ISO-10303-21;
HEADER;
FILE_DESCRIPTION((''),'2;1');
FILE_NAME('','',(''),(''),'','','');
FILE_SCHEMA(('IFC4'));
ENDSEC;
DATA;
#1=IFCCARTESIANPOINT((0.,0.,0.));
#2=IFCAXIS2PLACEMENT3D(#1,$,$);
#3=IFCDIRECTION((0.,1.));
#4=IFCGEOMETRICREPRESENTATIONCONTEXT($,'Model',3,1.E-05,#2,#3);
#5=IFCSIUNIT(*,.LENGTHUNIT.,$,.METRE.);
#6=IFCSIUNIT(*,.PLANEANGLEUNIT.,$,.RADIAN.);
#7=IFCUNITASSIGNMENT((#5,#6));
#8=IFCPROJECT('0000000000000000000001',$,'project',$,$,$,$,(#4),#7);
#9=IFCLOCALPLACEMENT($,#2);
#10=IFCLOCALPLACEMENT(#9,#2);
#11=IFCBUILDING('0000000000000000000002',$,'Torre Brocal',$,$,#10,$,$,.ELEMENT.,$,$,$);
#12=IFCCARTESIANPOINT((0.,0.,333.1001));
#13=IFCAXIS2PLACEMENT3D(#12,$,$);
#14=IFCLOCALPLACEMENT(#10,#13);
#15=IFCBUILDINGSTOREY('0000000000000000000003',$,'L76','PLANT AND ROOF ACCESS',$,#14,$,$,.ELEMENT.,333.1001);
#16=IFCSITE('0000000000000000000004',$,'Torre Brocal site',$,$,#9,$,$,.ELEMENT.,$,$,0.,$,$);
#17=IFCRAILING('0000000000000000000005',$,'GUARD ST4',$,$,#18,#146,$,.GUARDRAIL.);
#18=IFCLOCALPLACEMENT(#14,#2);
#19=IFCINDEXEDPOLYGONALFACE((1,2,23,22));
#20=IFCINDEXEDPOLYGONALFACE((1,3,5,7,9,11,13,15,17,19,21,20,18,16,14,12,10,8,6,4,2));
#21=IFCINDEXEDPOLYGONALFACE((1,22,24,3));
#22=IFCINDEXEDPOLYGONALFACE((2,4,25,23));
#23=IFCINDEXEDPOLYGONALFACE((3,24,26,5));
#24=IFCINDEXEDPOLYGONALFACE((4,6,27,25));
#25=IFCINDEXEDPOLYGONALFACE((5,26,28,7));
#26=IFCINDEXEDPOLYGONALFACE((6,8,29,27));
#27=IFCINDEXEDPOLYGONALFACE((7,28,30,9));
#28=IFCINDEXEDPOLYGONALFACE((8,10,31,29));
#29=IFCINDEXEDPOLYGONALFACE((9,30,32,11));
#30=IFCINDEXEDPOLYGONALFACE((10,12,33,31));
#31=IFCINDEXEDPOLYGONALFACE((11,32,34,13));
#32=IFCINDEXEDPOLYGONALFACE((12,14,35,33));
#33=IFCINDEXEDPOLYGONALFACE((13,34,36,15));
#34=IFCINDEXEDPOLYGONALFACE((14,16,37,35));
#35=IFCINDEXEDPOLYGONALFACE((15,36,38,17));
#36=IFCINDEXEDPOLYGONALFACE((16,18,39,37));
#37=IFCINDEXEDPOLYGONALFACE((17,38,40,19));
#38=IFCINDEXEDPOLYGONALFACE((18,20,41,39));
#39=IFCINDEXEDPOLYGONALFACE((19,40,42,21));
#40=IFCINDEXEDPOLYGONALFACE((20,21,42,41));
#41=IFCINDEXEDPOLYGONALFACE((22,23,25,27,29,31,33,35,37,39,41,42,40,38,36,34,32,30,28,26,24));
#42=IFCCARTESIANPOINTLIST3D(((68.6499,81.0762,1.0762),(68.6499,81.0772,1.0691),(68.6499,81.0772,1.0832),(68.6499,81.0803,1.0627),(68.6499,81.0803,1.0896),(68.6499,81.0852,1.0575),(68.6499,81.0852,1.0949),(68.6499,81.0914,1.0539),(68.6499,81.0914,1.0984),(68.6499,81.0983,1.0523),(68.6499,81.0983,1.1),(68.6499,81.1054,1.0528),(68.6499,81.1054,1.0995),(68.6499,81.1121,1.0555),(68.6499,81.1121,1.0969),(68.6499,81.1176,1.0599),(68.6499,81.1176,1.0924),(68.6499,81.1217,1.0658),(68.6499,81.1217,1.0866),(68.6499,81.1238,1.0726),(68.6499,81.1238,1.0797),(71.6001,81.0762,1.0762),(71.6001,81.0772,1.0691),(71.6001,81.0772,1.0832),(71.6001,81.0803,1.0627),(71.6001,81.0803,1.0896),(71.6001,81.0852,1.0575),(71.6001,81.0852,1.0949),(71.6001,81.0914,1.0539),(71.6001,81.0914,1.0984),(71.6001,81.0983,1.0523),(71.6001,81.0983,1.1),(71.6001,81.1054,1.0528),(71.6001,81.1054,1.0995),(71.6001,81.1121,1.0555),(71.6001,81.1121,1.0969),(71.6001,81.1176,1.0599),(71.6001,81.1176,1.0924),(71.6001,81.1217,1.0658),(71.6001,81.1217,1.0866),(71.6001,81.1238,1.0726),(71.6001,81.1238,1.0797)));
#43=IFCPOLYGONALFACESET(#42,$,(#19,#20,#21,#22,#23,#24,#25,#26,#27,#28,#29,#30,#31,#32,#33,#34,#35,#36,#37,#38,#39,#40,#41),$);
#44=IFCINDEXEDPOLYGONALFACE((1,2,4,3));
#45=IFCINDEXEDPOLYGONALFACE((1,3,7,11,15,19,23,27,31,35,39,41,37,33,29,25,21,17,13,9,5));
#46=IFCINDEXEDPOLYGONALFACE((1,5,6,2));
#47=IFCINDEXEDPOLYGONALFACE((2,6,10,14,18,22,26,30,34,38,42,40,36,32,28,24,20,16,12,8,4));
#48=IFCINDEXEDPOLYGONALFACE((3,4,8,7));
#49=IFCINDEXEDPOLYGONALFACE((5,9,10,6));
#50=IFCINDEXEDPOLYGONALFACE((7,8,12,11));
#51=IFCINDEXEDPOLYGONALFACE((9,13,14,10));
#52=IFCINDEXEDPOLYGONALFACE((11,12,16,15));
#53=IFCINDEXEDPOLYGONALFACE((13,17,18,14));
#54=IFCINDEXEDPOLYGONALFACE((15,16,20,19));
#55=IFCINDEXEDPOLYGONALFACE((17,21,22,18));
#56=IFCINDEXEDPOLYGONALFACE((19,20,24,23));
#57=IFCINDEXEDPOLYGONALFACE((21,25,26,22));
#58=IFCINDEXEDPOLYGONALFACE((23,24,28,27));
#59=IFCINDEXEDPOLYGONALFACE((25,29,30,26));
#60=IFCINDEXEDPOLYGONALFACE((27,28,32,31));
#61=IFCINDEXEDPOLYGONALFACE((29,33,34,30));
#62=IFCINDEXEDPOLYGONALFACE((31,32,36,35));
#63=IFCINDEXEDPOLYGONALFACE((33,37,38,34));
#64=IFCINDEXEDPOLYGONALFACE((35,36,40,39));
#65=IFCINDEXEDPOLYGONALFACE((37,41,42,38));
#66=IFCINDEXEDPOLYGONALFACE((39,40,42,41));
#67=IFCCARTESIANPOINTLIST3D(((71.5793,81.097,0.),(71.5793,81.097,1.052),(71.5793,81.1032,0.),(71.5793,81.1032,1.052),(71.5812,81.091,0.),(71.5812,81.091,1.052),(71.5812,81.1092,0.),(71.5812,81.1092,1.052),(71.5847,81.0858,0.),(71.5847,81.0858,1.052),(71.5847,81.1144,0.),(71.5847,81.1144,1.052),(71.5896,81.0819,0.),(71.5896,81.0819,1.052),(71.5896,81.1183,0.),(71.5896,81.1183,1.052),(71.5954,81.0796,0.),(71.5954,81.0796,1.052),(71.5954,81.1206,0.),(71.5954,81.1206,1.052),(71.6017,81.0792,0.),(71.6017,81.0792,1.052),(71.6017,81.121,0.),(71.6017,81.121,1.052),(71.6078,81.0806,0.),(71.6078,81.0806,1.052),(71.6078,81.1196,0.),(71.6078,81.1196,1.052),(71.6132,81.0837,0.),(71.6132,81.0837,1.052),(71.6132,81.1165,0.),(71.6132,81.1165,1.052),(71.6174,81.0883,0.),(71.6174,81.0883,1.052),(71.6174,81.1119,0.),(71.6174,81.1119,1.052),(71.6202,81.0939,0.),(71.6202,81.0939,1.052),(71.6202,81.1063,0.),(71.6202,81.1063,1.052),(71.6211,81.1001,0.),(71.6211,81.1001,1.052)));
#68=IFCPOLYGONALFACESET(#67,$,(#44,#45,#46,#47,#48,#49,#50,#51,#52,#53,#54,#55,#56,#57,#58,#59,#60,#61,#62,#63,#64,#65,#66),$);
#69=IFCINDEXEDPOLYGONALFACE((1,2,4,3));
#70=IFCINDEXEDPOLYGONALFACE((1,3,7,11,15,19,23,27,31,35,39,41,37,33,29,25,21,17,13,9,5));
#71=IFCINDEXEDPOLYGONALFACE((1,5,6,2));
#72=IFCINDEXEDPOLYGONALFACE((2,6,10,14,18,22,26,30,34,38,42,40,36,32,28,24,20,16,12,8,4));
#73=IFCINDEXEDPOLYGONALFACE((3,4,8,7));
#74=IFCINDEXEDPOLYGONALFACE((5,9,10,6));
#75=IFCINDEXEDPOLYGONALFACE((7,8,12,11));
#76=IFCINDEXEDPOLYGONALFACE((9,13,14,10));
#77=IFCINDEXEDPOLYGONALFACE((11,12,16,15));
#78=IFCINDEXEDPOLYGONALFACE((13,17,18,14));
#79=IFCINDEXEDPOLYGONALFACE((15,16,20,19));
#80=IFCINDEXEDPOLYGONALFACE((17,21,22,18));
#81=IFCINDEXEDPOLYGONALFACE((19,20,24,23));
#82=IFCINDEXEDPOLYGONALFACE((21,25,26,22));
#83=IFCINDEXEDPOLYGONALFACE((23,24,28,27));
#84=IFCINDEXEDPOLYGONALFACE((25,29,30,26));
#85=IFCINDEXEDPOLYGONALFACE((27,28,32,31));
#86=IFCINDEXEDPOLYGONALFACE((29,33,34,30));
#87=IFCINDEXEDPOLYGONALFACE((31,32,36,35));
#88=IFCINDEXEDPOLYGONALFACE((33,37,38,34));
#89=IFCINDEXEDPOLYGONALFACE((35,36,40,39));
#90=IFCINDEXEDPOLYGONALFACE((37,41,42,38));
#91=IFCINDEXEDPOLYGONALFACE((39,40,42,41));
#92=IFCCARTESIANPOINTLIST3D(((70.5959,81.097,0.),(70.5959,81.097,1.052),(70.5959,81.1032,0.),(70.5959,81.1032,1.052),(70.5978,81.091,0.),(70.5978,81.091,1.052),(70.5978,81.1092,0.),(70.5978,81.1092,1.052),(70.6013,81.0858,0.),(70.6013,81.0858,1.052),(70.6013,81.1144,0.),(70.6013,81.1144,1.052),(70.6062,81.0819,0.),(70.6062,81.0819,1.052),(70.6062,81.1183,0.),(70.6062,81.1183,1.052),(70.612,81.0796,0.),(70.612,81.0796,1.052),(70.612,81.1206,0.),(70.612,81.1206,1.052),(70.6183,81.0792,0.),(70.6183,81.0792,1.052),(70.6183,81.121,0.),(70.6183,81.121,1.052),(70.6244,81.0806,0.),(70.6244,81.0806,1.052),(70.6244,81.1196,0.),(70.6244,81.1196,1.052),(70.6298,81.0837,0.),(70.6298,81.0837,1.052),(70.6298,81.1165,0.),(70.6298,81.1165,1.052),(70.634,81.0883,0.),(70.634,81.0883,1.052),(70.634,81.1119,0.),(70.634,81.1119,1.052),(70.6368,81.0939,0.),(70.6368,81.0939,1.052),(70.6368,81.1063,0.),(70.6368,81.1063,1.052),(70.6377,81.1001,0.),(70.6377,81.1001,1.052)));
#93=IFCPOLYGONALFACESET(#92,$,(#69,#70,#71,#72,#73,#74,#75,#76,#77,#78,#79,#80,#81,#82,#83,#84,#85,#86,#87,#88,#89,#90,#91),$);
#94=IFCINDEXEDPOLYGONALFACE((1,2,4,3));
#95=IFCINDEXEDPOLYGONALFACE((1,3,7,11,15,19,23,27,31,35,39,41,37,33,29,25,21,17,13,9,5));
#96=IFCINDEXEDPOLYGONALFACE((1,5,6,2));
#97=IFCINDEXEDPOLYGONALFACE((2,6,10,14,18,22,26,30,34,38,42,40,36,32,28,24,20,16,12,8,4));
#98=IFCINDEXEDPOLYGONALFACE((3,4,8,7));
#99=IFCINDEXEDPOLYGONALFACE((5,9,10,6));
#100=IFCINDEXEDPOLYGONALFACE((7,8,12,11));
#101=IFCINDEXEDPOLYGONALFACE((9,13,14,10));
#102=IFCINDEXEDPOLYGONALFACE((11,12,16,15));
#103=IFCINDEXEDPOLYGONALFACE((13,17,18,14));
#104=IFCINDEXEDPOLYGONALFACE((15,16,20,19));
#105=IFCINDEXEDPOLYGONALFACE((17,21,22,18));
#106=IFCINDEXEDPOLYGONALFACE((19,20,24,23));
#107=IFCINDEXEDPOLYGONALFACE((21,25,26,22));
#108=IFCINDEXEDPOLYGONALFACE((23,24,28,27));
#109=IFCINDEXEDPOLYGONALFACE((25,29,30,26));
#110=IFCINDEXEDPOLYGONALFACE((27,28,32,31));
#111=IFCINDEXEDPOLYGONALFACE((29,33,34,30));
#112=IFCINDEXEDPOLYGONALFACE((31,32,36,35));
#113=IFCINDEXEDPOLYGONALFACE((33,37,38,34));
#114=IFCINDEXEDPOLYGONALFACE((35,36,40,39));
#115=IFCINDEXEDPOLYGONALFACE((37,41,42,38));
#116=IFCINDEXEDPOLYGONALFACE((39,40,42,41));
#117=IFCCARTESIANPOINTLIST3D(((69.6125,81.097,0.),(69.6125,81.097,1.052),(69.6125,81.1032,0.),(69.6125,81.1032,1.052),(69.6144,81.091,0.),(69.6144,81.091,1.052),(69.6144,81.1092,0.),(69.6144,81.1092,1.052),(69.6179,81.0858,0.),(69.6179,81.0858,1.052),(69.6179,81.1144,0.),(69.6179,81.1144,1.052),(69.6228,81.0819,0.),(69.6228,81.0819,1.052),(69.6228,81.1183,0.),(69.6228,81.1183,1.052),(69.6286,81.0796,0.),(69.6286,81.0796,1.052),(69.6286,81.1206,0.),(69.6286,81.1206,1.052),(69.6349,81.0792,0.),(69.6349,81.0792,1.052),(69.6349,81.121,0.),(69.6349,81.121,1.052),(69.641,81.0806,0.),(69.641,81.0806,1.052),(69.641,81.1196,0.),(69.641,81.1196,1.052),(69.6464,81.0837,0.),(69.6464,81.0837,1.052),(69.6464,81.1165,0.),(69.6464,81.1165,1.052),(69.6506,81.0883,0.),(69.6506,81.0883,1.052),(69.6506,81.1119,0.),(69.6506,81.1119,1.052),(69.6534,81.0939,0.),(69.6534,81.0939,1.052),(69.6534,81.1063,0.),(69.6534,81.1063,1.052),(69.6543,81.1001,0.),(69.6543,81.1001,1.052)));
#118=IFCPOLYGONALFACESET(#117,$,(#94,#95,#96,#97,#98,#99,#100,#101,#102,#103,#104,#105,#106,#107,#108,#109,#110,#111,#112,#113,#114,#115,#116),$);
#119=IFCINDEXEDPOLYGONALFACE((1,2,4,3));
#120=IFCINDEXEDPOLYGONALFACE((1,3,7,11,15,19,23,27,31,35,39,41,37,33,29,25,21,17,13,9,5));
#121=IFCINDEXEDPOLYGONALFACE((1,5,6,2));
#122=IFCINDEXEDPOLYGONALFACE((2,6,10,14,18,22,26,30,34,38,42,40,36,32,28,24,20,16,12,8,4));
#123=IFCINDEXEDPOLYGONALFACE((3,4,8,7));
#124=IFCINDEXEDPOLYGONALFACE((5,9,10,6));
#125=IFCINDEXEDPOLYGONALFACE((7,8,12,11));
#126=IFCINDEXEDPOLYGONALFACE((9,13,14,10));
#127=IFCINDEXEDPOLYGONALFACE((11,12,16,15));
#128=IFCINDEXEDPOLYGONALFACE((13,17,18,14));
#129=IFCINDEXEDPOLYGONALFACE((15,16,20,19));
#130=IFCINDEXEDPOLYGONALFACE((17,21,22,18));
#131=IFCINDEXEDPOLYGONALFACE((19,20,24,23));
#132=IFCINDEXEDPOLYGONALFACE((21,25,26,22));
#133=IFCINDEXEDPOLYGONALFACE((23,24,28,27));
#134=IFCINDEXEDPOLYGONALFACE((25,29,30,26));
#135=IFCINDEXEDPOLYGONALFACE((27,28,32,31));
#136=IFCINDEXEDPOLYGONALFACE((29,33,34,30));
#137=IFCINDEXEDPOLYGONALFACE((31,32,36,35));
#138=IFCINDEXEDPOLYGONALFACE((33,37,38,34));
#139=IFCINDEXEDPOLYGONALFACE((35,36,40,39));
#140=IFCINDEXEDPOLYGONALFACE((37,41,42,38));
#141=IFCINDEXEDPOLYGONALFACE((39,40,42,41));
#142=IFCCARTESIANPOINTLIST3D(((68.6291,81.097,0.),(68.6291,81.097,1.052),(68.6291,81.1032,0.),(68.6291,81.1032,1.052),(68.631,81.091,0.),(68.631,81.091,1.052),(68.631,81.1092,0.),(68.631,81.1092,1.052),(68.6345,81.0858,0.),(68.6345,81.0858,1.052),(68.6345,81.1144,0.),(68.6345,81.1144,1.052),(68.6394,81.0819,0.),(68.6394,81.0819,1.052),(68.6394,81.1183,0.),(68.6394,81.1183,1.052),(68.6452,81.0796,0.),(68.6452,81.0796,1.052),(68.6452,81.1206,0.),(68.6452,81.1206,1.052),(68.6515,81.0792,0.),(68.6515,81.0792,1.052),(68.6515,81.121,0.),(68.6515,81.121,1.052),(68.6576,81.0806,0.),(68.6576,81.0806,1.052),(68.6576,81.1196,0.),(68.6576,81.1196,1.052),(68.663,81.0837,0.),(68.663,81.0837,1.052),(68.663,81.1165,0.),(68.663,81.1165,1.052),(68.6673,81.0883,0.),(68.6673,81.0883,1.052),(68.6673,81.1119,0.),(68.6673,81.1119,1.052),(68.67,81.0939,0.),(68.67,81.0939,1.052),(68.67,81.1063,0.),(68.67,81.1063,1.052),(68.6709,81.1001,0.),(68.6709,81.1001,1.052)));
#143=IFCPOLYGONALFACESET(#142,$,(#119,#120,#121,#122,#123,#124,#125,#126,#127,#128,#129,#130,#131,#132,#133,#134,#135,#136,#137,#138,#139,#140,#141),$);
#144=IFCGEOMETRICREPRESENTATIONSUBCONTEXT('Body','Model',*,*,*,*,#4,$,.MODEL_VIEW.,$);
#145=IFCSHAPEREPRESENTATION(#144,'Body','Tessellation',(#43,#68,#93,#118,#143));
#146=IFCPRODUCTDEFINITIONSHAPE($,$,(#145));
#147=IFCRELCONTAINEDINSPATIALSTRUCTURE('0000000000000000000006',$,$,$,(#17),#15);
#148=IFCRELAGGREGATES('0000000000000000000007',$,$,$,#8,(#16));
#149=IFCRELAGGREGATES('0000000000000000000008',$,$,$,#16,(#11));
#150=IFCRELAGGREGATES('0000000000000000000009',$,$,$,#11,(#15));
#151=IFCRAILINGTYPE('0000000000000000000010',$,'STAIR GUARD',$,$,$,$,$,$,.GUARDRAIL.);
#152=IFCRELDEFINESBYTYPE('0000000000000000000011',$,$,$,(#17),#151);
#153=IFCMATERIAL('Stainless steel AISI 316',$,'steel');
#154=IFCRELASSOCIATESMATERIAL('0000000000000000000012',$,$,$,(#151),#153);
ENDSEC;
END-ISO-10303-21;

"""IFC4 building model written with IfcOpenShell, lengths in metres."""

from ifc_helpers import new_model, si_unit, direction, frame, origin, origin_2d, place, context, subcontext, project, spatial, circle, extrude, material, type_object, element, save


model = new_model("IFC4")

# Units and contexts
model_context = context("Model", 3, precision=1e-05, world=origin(), true_north=direction((0.0, 1.0)))
body_context = subcontext(model_context, "Body", "Model", "MODEL_VIEW")
ifc_project = project(units=[si_unit("LENGTHUNIT", "METRE"), si_unit("PLANEANGLEUNIT", "RADIAN")], contexts=[model_context])

# Site, building, storey
site_placement = place(None, origin())
site = spatial("IfcSite", under=ifc_project, at=site_placement, Name="Torre Brocal site", CompositionType="ELEMENT", RefElevation=0.0)
building_placement = place(site_placement, origin())
building = spatial("IfcBuilding", under=site, at=building_placement, Name="Torre Brocal", CompositionType="ELEMENT")
storey_placement = place(building_placement, frame((0.0, 0.0, 333.1001)))
storey = spatial("IfcBuildingStorey", under=building, at=storey_placement, Name="L76", Description="PLANT AND ROOF ACCESS", CompositionType="ELEMENT", Elevation=333.1001)

# Railing
ifc_material_1 = material(Name="Stainless steel AISI 316", Category="steel")
railing_type = type_object("IfcRailingType", Name="STAIR GUARD", PredefinedType="GUARDRAIL", material=ifc_material_1)
railing_placement = place(storey_placement, frame((71.6001, 81.1001, 0.0)))
element("IfcRailing", 1, at=railing_placement, inside=storey, type_object=railing_type, Name="GUARD ST4", PredefinedType="GUARDRAIL", context=body_context, shape_type="SweptSolid", body=[
    extrude(circle(Radius=0.0239, at=origin_2d()), frame((0.0, 0.0, 1.0762), z_axis=(-1.0, 0.0, 0.0), x_axis=(0.0, -1.0, 0.0)), (0.0, 0.0, 1.0), 2.9502),
    extrude(circle(Radius=0.021, at=origin_2d()), origin(), (0.0, 0.0, 1.0), 1.052),
    extrude(circle(Radius=0.021, at=origin_2d()), frame((-0.9834, 0.0, 0.0)), (0.0, 0.0, 1.0), 1.052),
    extrude(circle(Radius=0.021, at=origin_2d()), frame((-1.9668, 0.0, 0.0)), (0.0, 0.0, 1.0), 1.052),
    extrude(circle(Radius=0.021, at=origin_2d()), frame((-2.9502, 0.0, 0.0)), (0.0, 0.0, 1.0), 1.052),
])

save(model, "model.ifc")
